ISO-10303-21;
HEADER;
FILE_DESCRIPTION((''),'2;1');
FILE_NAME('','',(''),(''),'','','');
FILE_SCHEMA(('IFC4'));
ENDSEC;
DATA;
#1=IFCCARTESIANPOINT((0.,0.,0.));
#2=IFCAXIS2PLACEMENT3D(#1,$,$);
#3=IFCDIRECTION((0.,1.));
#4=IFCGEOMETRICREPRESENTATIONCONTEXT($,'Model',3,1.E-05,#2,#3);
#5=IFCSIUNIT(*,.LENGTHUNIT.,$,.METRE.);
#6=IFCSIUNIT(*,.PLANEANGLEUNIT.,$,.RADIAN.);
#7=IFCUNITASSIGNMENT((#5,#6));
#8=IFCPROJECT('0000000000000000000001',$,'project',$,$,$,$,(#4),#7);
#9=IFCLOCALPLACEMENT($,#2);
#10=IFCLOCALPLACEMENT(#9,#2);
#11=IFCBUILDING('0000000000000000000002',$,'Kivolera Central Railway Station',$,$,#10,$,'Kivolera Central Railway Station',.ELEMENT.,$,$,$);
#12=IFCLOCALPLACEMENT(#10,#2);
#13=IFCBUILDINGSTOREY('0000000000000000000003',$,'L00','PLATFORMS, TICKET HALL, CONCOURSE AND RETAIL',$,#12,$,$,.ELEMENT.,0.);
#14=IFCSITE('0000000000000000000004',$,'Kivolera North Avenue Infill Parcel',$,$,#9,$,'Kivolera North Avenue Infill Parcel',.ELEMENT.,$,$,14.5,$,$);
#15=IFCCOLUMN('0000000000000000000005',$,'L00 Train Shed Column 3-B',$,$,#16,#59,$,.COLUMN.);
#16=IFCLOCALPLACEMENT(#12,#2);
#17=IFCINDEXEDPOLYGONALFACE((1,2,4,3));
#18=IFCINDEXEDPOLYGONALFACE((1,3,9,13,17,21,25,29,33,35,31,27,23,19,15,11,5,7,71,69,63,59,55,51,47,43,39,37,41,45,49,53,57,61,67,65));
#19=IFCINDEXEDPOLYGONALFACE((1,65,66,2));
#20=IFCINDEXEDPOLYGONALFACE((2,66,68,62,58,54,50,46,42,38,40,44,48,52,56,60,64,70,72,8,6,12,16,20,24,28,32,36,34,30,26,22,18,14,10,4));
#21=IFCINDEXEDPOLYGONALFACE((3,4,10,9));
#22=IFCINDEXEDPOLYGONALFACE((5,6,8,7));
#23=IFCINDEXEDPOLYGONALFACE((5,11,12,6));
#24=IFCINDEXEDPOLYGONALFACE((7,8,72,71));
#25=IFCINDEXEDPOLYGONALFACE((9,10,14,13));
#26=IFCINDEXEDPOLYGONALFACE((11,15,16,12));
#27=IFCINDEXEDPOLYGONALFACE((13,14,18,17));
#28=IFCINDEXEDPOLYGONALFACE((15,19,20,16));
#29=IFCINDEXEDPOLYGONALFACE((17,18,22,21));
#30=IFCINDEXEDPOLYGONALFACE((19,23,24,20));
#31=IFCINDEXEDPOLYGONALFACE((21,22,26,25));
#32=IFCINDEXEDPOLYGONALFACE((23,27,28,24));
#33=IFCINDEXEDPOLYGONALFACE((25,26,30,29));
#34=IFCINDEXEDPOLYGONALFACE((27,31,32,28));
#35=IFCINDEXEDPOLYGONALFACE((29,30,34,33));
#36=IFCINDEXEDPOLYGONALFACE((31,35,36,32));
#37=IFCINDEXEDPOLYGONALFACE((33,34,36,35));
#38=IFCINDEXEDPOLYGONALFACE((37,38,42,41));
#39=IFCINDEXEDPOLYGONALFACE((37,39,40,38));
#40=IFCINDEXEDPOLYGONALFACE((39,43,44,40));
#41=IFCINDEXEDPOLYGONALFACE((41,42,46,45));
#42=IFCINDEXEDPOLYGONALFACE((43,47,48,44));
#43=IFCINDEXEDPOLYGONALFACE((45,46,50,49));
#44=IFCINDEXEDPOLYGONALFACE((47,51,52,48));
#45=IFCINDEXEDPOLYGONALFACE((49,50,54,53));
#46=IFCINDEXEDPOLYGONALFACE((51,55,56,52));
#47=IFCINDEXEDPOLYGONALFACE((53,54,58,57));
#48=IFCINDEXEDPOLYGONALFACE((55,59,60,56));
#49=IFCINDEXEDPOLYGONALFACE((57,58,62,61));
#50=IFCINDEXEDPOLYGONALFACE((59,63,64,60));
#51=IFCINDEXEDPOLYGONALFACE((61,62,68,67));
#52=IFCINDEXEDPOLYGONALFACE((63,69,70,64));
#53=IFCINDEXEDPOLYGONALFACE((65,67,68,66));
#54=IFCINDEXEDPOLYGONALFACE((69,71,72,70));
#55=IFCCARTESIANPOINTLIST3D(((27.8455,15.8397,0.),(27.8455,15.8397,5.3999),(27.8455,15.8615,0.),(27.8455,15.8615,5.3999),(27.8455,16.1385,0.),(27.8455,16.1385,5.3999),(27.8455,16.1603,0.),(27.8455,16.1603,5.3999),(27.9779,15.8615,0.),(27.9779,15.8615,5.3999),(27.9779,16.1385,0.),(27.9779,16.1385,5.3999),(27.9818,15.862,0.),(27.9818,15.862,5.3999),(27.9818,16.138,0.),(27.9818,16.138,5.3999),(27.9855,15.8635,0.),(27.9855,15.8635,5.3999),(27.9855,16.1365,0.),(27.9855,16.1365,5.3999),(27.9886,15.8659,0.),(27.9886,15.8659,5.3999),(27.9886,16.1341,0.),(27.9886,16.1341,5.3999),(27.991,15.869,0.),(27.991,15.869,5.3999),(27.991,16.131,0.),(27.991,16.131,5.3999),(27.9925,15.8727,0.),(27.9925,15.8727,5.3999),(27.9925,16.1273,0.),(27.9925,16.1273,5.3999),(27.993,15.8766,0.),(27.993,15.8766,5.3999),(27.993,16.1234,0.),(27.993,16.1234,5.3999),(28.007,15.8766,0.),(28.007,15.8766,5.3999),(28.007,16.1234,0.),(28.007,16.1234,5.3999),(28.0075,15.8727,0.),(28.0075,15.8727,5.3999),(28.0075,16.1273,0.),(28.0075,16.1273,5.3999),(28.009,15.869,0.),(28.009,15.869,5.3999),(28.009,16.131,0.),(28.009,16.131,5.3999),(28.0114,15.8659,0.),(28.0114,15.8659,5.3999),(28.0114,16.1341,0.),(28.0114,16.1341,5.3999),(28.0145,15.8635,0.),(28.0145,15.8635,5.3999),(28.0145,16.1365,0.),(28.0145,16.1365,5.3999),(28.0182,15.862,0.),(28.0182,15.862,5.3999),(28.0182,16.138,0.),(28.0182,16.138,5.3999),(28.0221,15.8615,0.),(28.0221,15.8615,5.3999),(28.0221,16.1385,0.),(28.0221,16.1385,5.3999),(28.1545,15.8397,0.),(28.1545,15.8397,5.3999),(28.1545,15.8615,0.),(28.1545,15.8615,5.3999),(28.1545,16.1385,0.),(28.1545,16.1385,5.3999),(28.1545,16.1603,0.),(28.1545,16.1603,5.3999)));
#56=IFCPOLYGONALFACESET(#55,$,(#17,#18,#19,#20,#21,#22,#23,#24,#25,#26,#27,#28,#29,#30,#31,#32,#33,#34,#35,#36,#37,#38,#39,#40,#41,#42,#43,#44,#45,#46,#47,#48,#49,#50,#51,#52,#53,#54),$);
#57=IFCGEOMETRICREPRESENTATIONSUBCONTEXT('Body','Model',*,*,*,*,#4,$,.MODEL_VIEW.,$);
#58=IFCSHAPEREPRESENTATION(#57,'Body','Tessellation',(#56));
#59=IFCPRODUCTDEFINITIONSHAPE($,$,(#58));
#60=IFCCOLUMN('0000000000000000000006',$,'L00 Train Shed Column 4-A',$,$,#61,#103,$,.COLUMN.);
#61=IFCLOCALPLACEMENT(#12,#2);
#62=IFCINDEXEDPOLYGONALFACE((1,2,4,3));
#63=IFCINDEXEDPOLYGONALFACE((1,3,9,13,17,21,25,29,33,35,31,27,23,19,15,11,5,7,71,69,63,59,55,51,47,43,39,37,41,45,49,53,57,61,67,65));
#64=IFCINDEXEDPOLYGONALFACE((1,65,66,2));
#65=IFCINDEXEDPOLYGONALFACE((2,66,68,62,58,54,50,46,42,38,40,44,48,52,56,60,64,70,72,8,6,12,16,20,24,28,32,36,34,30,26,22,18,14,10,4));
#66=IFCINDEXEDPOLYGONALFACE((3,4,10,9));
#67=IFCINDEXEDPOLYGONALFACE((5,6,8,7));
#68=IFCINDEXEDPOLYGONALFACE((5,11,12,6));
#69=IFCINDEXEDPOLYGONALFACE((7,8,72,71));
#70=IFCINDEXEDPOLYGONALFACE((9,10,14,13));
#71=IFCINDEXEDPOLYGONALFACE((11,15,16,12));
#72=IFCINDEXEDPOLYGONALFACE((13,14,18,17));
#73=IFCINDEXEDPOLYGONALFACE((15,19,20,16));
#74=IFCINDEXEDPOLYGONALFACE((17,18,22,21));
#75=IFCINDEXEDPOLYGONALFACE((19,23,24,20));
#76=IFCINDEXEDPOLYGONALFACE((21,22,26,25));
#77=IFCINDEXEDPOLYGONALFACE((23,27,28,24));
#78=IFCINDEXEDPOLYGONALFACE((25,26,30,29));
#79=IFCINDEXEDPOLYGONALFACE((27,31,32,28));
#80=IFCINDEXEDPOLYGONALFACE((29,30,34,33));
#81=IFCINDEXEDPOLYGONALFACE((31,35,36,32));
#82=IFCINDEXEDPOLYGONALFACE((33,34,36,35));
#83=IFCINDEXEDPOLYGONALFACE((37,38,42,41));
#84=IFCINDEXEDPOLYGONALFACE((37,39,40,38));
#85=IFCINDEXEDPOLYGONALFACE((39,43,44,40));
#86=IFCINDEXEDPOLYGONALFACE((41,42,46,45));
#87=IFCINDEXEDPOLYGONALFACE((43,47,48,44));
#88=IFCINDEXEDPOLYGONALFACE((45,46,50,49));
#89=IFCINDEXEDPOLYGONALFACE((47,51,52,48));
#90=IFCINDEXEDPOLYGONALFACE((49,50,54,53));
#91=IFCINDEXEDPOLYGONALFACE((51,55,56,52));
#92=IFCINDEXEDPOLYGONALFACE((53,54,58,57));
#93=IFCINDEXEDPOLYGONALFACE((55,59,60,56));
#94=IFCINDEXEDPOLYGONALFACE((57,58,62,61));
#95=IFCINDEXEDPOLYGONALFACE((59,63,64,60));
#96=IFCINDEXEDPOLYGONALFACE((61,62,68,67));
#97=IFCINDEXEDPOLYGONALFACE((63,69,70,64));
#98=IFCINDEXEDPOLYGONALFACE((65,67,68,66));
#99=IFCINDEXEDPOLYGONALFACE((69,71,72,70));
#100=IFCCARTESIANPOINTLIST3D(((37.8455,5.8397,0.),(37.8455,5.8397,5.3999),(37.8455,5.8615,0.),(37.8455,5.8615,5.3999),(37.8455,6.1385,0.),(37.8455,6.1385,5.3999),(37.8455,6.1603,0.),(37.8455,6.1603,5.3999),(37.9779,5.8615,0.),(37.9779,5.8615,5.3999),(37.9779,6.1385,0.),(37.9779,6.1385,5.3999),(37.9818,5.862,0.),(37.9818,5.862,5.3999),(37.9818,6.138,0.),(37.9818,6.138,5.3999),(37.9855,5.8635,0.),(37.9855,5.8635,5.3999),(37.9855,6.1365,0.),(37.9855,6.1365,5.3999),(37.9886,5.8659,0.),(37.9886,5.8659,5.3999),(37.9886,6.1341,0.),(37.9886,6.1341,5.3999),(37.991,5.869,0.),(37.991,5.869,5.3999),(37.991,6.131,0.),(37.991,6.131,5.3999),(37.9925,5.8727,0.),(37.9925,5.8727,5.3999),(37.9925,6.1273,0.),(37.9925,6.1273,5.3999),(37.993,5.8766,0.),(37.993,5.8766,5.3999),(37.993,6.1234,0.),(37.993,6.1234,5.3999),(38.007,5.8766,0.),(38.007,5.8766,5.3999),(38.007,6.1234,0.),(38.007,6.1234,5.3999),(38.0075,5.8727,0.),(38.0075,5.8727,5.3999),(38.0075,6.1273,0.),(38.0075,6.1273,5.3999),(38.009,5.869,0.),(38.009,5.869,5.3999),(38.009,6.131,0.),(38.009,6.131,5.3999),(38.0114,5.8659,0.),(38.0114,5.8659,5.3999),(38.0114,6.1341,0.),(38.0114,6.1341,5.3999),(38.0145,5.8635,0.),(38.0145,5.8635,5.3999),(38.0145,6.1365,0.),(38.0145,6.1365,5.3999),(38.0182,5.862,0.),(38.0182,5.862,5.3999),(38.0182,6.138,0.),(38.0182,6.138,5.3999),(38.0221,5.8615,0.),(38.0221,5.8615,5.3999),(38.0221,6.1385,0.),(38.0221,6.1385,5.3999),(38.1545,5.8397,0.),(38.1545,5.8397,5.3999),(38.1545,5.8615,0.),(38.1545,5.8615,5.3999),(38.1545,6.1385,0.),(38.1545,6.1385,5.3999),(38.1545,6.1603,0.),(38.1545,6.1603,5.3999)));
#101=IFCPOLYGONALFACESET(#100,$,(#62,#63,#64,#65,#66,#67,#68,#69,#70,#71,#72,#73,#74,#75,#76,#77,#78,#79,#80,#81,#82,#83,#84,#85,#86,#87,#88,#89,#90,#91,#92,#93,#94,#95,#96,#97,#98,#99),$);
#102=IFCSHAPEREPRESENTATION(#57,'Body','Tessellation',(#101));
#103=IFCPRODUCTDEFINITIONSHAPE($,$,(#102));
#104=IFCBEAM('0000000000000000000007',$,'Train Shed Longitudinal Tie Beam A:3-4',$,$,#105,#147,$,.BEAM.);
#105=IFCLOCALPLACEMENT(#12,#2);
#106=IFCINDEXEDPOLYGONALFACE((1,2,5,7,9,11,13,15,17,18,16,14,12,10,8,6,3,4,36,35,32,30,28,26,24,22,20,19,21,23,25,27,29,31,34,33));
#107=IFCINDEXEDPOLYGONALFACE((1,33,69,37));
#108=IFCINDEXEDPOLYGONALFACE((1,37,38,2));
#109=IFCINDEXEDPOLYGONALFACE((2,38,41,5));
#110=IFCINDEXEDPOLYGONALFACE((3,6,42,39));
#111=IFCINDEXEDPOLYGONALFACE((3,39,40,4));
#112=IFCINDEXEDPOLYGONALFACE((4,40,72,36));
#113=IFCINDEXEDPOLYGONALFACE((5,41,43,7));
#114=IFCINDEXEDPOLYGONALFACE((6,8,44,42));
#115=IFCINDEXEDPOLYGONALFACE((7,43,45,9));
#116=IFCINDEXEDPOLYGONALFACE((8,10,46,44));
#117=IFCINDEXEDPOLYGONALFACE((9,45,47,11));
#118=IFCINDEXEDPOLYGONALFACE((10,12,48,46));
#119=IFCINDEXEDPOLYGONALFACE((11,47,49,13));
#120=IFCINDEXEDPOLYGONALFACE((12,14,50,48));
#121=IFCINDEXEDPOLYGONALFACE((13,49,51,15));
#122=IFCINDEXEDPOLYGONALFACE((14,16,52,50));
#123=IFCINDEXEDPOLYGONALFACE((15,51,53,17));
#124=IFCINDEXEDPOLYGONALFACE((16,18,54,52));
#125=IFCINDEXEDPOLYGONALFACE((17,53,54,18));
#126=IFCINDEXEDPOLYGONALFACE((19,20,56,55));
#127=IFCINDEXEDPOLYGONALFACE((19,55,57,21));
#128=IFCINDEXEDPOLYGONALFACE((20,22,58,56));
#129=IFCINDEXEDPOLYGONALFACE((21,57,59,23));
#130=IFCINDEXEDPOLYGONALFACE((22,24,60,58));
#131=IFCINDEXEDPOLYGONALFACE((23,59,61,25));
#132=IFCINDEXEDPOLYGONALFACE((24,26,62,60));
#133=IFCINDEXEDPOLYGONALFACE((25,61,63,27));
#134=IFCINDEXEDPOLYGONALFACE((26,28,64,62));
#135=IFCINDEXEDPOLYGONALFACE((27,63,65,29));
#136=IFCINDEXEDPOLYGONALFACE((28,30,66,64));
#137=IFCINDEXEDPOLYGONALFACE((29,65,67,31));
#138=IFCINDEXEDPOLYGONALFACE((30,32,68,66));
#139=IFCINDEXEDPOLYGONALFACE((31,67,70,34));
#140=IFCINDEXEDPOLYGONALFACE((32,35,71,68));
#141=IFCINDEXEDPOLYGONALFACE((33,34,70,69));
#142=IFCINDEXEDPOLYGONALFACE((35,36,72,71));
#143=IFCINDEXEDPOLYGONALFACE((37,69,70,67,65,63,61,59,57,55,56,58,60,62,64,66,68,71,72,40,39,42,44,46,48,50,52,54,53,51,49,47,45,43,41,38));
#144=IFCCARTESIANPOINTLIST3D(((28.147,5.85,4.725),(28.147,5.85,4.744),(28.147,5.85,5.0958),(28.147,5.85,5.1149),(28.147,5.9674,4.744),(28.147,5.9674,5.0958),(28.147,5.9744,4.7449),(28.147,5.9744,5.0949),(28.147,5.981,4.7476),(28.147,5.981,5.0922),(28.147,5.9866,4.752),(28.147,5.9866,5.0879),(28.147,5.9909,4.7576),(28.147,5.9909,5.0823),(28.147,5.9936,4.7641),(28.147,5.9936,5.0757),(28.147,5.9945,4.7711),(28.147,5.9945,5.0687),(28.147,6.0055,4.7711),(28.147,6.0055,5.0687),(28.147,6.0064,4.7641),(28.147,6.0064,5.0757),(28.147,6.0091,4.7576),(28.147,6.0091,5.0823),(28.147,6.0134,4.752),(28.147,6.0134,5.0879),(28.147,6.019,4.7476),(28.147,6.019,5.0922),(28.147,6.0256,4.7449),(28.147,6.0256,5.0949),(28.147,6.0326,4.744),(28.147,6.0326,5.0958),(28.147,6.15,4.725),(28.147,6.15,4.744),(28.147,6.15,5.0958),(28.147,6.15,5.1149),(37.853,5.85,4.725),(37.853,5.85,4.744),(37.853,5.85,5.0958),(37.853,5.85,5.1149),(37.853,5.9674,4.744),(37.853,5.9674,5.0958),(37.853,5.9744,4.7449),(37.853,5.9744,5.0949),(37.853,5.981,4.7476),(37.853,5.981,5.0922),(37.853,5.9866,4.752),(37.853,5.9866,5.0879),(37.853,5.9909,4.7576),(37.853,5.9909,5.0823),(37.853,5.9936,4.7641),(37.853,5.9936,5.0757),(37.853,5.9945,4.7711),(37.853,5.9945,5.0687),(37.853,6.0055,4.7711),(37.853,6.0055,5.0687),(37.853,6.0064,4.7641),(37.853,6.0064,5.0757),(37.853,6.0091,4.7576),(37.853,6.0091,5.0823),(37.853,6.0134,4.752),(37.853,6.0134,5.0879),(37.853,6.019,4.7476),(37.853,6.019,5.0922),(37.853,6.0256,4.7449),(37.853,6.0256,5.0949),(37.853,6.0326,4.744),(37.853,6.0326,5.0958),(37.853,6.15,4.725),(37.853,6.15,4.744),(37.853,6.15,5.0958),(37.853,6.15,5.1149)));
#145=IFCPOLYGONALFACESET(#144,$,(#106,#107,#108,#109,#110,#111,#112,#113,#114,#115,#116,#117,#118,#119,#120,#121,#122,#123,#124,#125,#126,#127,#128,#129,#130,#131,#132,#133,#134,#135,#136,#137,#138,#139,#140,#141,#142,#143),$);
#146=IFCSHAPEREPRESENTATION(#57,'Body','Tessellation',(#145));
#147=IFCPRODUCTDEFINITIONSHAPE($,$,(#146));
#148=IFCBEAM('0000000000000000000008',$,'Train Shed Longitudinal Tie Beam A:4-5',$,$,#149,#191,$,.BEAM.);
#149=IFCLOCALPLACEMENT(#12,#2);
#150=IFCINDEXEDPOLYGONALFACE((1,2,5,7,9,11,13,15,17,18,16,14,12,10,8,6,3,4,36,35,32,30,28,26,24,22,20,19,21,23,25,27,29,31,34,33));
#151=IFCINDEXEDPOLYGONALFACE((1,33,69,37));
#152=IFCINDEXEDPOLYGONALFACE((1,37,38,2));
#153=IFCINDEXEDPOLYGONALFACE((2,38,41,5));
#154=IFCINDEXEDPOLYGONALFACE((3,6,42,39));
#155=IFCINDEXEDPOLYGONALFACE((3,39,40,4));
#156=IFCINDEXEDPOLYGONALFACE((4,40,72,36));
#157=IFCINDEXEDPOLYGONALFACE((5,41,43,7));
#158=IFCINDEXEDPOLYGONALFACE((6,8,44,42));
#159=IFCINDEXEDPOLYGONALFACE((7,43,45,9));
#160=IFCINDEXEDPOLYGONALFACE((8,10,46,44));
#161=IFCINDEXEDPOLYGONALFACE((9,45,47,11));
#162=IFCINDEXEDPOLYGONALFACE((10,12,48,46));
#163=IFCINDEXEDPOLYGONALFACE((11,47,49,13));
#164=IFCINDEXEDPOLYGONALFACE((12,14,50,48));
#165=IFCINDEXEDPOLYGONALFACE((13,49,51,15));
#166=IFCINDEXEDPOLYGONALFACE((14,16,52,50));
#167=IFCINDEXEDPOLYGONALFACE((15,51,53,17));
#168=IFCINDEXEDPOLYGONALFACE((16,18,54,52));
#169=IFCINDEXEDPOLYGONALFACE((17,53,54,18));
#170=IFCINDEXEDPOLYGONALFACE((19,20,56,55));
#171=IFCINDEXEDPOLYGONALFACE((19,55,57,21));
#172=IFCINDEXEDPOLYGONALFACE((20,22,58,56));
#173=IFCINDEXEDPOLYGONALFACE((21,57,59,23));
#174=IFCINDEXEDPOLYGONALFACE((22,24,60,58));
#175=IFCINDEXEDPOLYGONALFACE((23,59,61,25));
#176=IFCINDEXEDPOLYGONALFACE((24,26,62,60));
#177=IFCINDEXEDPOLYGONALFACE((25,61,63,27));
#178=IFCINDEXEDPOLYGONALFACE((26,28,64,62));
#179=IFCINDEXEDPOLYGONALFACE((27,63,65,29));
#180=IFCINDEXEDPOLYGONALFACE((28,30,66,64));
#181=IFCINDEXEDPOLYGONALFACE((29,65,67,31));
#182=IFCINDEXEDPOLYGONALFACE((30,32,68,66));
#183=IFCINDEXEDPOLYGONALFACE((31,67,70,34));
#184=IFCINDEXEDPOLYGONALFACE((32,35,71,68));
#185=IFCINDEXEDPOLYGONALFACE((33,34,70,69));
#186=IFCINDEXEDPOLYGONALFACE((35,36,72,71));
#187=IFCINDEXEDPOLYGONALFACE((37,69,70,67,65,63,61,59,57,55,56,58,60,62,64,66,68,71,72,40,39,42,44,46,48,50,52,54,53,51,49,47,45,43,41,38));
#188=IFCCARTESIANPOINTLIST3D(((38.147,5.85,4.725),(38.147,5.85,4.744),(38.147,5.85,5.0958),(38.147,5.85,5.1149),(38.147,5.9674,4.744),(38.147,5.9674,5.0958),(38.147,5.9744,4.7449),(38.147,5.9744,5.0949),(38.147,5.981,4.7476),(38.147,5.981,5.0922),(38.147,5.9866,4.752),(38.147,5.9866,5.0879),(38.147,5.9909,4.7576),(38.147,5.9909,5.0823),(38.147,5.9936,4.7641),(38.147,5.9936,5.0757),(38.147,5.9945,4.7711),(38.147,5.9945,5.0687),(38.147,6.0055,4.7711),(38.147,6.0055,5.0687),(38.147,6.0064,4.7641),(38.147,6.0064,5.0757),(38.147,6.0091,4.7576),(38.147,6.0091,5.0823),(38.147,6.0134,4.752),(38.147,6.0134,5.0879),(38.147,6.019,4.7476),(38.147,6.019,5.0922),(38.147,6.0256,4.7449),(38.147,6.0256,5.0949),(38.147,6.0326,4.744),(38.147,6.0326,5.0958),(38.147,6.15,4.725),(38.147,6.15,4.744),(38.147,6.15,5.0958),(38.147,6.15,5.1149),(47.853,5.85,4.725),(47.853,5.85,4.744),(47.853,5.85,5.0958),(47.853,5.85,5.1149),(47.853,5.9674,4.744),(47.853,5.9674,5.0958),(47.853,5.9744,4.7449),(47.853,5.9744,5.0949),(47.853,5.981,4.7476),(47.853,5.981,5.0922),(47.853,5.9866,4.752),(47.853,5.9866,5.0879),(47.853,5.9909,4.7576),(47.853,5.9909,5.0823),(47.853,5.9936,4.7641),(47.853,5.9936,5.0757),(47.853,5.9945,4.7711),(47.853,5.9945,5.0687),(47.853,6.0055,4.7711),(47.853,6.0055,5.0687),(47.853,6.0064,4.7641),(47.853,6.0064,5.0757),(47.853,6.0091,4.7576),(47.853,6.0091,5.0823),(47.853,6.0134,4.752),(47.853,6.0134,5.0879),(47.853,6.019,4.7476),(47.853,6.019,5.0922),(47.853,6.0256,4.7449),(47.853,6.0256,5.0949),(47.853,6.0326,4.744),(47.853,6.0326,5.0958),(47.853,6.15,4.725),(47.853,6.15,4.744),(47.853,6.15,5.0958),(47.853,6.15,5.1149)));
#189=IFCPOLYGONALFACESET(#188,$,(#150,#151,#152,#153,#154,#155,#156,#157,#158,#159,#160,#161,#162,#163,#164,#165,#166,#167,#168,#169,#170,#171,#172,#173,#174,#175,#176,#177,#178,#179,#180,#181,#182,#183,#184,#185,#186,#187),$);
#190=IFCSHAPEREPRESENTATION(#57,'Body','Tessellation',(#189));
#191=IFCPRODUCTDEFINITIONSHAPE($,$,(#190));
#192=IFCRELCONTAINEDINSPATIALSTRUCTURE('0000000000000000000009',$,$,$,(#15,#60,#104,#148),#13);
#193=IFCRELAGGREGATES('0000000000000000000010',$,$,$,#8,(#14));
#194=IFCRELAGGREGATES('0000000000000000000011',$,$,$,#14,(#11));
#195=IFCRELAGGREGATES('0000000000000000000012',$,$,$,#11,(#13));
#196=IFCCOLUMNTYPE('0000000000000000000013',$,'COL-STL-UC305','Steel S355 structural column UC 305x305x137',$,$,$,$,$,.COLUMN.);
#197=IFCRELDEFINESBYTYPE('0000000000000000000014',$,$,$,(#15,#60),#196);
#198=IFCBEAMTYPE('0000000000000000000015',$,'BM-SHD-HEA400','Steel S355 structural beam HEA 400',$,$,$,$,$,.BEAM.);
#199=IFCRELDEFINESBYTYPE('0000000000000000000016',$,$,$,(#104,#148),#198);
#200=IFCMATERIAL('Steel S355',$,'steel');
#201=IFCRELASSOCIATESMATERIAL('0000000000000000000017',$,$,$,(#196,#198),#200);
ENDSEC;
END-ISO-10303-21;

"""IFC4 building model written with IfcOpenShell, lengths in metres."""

from ifc_helpers import new_model, si_unit, direction, frame, origin, origin_2d, place, context, subcontext, project, spatial, i_section, extrude, material, material_profile, profile_set, type_object, element, save


model = new_model("IFC4")

# Units and contexts
model_context = context("Model", 3, precision=1e-05, world=origin(), true_north=direction((0.0, 1.0)))
body_context = subcontext(model_context, "Body", "Model", "MODEL_VIEW")
ifc_project = project(units=[si_unit("LENGTHUNIT", "METRE"), si_unit("PLANEANGLEUNIT", "RADIAN")], contexts=[model_context])

# Site, building, storey
site_placement = place(None, origin())
site = spatial("IfcSite", under=ifc_project, at=site_placement, Name="Kivolera North Avenue Infill Parcel", LongName="Kivolera North Avenue Infill Parcel", CompositionType="ELEMENT", RefElevation=14.5)
building_placement = place(site_placement, origin())
building = spatial("IfcBuilding", under=site, at=building_placement, Name="Kivolera Central Railway Station", LongName="Kivolera Central Railway Station", CompositionType="ELEMENT")
storey_placement = place(building_placement, origin())
storey = spatial("IfcBuildingStorey", under=building, at=storey_placement, Name="L00", Description="PLATFORMS, TICKET HALL, CONCOURSE AND RETAIL", CompositionType="ELEMENT", Elevation=0.0)

# Columns
ifc_material_1 = material(Name="Steel S355", Category="steel")
ifc_material_profile_1 = material_profile(ifc_material_1, i_section(OverallWidth=0.3091, OverallDepth=0.3206, WebThickness=0.0139, FlangeThickness=0.0217, FilletRadius=0.0151, at=origin_2d()), Name="UC 305x305x137")
ifc_profile_set_1 = profile_set([ifc_material_profile_1], Name="Steel S355")
column_type = type_object("IfcColumnType", Name="COL-STL-UC305", Description="Steel S355 structural column UC 305x305x137", PredefinedType="COLUMN", material=ifc_profile_set_1)
for number, where, z_axis, x_axis, name in (
    (1, (28.0, 16.0, 0.0), (0.0, 0.0, 1.0), (1.0, 0.0, 0.0), "L00 Train Shed Column 3-B"),
    (2, (38.0, 6.0, 0.0), (0.0, 0.0, 1.0), (1.0, 0.0, 0.0), "L00 Train Shed Column 4-A"),
):
    element("IfcColumn", number, at=place(storey_placement, frame(where, z_axis=z_axis, x_axis=x_axis)), inside=storey, type_object=column_type, Name=name, PredefinedType="COLUMN", context=body_context, shape_type="SweptSolid", body=[
        extrude(i_section(OverallWidth=0.3091, OverallDepth=0.3206, WebThickness=0.0139, FlangeThickness=0.0217, FilletRadius=0.0151, at=origin_2d()), origin(), (0.0, 0.0, 1.0), 5.3999),
    ])

# Beams
ifc_material_profile_2 = material_profile(ifc_material_1, i_section(OverallWidth=0.3, OverallDepth=0.3899, WebThickness=0.011, FlangeThickness=0.019, FilletRadius=0.0271, at=origin_2d()), Name="HEA 400")
ifc_profile_set_2 = profile_set([ifc_material_profile_2], Name="Steel S355")
beam_type = type_object("IfcBeamType", Name="BM-SHD-HEA400", Description="Steel S355 structural beam HEA 400", PredefinedType="BEAM", material=ifc_profile_set_2)
for number, where, z_axis, x_axis, name in (
    (3, (28.147, 6.0, 4.9199), (1.0, 0.0, 0.0), (0.0, 1.0, 0.0), "Train Shed Longitudinal Tie Beam A:3-4"),
    (4, (38.147, 6.0, 4.9199), (1.0, 0.0, 0.0), (0.0, 1.0, 0.0), "Train Shed Longitudinal Tie Beam A:4-5"),
):
    element("IfcBeam", number, at=place(storey_placement, frame(where, z_axis=z_axis, x_axis=x_axis)), inside=storey, type_object=beam_type, Name=name, PredefinedType="BEAM", context=body_context, shape_type="SweptSolid", body=[
        extrude(i_section(OverallWidth=0.3, OverallDepth=0.3899, WebThickness=0.011, FlangeThickness=0.019, FilletRadius=0.0271, at=origin_2d()), origin(), (0.0, 0.0, 1.0), 9.7061),
    ])

save(model, "model.ifc")
